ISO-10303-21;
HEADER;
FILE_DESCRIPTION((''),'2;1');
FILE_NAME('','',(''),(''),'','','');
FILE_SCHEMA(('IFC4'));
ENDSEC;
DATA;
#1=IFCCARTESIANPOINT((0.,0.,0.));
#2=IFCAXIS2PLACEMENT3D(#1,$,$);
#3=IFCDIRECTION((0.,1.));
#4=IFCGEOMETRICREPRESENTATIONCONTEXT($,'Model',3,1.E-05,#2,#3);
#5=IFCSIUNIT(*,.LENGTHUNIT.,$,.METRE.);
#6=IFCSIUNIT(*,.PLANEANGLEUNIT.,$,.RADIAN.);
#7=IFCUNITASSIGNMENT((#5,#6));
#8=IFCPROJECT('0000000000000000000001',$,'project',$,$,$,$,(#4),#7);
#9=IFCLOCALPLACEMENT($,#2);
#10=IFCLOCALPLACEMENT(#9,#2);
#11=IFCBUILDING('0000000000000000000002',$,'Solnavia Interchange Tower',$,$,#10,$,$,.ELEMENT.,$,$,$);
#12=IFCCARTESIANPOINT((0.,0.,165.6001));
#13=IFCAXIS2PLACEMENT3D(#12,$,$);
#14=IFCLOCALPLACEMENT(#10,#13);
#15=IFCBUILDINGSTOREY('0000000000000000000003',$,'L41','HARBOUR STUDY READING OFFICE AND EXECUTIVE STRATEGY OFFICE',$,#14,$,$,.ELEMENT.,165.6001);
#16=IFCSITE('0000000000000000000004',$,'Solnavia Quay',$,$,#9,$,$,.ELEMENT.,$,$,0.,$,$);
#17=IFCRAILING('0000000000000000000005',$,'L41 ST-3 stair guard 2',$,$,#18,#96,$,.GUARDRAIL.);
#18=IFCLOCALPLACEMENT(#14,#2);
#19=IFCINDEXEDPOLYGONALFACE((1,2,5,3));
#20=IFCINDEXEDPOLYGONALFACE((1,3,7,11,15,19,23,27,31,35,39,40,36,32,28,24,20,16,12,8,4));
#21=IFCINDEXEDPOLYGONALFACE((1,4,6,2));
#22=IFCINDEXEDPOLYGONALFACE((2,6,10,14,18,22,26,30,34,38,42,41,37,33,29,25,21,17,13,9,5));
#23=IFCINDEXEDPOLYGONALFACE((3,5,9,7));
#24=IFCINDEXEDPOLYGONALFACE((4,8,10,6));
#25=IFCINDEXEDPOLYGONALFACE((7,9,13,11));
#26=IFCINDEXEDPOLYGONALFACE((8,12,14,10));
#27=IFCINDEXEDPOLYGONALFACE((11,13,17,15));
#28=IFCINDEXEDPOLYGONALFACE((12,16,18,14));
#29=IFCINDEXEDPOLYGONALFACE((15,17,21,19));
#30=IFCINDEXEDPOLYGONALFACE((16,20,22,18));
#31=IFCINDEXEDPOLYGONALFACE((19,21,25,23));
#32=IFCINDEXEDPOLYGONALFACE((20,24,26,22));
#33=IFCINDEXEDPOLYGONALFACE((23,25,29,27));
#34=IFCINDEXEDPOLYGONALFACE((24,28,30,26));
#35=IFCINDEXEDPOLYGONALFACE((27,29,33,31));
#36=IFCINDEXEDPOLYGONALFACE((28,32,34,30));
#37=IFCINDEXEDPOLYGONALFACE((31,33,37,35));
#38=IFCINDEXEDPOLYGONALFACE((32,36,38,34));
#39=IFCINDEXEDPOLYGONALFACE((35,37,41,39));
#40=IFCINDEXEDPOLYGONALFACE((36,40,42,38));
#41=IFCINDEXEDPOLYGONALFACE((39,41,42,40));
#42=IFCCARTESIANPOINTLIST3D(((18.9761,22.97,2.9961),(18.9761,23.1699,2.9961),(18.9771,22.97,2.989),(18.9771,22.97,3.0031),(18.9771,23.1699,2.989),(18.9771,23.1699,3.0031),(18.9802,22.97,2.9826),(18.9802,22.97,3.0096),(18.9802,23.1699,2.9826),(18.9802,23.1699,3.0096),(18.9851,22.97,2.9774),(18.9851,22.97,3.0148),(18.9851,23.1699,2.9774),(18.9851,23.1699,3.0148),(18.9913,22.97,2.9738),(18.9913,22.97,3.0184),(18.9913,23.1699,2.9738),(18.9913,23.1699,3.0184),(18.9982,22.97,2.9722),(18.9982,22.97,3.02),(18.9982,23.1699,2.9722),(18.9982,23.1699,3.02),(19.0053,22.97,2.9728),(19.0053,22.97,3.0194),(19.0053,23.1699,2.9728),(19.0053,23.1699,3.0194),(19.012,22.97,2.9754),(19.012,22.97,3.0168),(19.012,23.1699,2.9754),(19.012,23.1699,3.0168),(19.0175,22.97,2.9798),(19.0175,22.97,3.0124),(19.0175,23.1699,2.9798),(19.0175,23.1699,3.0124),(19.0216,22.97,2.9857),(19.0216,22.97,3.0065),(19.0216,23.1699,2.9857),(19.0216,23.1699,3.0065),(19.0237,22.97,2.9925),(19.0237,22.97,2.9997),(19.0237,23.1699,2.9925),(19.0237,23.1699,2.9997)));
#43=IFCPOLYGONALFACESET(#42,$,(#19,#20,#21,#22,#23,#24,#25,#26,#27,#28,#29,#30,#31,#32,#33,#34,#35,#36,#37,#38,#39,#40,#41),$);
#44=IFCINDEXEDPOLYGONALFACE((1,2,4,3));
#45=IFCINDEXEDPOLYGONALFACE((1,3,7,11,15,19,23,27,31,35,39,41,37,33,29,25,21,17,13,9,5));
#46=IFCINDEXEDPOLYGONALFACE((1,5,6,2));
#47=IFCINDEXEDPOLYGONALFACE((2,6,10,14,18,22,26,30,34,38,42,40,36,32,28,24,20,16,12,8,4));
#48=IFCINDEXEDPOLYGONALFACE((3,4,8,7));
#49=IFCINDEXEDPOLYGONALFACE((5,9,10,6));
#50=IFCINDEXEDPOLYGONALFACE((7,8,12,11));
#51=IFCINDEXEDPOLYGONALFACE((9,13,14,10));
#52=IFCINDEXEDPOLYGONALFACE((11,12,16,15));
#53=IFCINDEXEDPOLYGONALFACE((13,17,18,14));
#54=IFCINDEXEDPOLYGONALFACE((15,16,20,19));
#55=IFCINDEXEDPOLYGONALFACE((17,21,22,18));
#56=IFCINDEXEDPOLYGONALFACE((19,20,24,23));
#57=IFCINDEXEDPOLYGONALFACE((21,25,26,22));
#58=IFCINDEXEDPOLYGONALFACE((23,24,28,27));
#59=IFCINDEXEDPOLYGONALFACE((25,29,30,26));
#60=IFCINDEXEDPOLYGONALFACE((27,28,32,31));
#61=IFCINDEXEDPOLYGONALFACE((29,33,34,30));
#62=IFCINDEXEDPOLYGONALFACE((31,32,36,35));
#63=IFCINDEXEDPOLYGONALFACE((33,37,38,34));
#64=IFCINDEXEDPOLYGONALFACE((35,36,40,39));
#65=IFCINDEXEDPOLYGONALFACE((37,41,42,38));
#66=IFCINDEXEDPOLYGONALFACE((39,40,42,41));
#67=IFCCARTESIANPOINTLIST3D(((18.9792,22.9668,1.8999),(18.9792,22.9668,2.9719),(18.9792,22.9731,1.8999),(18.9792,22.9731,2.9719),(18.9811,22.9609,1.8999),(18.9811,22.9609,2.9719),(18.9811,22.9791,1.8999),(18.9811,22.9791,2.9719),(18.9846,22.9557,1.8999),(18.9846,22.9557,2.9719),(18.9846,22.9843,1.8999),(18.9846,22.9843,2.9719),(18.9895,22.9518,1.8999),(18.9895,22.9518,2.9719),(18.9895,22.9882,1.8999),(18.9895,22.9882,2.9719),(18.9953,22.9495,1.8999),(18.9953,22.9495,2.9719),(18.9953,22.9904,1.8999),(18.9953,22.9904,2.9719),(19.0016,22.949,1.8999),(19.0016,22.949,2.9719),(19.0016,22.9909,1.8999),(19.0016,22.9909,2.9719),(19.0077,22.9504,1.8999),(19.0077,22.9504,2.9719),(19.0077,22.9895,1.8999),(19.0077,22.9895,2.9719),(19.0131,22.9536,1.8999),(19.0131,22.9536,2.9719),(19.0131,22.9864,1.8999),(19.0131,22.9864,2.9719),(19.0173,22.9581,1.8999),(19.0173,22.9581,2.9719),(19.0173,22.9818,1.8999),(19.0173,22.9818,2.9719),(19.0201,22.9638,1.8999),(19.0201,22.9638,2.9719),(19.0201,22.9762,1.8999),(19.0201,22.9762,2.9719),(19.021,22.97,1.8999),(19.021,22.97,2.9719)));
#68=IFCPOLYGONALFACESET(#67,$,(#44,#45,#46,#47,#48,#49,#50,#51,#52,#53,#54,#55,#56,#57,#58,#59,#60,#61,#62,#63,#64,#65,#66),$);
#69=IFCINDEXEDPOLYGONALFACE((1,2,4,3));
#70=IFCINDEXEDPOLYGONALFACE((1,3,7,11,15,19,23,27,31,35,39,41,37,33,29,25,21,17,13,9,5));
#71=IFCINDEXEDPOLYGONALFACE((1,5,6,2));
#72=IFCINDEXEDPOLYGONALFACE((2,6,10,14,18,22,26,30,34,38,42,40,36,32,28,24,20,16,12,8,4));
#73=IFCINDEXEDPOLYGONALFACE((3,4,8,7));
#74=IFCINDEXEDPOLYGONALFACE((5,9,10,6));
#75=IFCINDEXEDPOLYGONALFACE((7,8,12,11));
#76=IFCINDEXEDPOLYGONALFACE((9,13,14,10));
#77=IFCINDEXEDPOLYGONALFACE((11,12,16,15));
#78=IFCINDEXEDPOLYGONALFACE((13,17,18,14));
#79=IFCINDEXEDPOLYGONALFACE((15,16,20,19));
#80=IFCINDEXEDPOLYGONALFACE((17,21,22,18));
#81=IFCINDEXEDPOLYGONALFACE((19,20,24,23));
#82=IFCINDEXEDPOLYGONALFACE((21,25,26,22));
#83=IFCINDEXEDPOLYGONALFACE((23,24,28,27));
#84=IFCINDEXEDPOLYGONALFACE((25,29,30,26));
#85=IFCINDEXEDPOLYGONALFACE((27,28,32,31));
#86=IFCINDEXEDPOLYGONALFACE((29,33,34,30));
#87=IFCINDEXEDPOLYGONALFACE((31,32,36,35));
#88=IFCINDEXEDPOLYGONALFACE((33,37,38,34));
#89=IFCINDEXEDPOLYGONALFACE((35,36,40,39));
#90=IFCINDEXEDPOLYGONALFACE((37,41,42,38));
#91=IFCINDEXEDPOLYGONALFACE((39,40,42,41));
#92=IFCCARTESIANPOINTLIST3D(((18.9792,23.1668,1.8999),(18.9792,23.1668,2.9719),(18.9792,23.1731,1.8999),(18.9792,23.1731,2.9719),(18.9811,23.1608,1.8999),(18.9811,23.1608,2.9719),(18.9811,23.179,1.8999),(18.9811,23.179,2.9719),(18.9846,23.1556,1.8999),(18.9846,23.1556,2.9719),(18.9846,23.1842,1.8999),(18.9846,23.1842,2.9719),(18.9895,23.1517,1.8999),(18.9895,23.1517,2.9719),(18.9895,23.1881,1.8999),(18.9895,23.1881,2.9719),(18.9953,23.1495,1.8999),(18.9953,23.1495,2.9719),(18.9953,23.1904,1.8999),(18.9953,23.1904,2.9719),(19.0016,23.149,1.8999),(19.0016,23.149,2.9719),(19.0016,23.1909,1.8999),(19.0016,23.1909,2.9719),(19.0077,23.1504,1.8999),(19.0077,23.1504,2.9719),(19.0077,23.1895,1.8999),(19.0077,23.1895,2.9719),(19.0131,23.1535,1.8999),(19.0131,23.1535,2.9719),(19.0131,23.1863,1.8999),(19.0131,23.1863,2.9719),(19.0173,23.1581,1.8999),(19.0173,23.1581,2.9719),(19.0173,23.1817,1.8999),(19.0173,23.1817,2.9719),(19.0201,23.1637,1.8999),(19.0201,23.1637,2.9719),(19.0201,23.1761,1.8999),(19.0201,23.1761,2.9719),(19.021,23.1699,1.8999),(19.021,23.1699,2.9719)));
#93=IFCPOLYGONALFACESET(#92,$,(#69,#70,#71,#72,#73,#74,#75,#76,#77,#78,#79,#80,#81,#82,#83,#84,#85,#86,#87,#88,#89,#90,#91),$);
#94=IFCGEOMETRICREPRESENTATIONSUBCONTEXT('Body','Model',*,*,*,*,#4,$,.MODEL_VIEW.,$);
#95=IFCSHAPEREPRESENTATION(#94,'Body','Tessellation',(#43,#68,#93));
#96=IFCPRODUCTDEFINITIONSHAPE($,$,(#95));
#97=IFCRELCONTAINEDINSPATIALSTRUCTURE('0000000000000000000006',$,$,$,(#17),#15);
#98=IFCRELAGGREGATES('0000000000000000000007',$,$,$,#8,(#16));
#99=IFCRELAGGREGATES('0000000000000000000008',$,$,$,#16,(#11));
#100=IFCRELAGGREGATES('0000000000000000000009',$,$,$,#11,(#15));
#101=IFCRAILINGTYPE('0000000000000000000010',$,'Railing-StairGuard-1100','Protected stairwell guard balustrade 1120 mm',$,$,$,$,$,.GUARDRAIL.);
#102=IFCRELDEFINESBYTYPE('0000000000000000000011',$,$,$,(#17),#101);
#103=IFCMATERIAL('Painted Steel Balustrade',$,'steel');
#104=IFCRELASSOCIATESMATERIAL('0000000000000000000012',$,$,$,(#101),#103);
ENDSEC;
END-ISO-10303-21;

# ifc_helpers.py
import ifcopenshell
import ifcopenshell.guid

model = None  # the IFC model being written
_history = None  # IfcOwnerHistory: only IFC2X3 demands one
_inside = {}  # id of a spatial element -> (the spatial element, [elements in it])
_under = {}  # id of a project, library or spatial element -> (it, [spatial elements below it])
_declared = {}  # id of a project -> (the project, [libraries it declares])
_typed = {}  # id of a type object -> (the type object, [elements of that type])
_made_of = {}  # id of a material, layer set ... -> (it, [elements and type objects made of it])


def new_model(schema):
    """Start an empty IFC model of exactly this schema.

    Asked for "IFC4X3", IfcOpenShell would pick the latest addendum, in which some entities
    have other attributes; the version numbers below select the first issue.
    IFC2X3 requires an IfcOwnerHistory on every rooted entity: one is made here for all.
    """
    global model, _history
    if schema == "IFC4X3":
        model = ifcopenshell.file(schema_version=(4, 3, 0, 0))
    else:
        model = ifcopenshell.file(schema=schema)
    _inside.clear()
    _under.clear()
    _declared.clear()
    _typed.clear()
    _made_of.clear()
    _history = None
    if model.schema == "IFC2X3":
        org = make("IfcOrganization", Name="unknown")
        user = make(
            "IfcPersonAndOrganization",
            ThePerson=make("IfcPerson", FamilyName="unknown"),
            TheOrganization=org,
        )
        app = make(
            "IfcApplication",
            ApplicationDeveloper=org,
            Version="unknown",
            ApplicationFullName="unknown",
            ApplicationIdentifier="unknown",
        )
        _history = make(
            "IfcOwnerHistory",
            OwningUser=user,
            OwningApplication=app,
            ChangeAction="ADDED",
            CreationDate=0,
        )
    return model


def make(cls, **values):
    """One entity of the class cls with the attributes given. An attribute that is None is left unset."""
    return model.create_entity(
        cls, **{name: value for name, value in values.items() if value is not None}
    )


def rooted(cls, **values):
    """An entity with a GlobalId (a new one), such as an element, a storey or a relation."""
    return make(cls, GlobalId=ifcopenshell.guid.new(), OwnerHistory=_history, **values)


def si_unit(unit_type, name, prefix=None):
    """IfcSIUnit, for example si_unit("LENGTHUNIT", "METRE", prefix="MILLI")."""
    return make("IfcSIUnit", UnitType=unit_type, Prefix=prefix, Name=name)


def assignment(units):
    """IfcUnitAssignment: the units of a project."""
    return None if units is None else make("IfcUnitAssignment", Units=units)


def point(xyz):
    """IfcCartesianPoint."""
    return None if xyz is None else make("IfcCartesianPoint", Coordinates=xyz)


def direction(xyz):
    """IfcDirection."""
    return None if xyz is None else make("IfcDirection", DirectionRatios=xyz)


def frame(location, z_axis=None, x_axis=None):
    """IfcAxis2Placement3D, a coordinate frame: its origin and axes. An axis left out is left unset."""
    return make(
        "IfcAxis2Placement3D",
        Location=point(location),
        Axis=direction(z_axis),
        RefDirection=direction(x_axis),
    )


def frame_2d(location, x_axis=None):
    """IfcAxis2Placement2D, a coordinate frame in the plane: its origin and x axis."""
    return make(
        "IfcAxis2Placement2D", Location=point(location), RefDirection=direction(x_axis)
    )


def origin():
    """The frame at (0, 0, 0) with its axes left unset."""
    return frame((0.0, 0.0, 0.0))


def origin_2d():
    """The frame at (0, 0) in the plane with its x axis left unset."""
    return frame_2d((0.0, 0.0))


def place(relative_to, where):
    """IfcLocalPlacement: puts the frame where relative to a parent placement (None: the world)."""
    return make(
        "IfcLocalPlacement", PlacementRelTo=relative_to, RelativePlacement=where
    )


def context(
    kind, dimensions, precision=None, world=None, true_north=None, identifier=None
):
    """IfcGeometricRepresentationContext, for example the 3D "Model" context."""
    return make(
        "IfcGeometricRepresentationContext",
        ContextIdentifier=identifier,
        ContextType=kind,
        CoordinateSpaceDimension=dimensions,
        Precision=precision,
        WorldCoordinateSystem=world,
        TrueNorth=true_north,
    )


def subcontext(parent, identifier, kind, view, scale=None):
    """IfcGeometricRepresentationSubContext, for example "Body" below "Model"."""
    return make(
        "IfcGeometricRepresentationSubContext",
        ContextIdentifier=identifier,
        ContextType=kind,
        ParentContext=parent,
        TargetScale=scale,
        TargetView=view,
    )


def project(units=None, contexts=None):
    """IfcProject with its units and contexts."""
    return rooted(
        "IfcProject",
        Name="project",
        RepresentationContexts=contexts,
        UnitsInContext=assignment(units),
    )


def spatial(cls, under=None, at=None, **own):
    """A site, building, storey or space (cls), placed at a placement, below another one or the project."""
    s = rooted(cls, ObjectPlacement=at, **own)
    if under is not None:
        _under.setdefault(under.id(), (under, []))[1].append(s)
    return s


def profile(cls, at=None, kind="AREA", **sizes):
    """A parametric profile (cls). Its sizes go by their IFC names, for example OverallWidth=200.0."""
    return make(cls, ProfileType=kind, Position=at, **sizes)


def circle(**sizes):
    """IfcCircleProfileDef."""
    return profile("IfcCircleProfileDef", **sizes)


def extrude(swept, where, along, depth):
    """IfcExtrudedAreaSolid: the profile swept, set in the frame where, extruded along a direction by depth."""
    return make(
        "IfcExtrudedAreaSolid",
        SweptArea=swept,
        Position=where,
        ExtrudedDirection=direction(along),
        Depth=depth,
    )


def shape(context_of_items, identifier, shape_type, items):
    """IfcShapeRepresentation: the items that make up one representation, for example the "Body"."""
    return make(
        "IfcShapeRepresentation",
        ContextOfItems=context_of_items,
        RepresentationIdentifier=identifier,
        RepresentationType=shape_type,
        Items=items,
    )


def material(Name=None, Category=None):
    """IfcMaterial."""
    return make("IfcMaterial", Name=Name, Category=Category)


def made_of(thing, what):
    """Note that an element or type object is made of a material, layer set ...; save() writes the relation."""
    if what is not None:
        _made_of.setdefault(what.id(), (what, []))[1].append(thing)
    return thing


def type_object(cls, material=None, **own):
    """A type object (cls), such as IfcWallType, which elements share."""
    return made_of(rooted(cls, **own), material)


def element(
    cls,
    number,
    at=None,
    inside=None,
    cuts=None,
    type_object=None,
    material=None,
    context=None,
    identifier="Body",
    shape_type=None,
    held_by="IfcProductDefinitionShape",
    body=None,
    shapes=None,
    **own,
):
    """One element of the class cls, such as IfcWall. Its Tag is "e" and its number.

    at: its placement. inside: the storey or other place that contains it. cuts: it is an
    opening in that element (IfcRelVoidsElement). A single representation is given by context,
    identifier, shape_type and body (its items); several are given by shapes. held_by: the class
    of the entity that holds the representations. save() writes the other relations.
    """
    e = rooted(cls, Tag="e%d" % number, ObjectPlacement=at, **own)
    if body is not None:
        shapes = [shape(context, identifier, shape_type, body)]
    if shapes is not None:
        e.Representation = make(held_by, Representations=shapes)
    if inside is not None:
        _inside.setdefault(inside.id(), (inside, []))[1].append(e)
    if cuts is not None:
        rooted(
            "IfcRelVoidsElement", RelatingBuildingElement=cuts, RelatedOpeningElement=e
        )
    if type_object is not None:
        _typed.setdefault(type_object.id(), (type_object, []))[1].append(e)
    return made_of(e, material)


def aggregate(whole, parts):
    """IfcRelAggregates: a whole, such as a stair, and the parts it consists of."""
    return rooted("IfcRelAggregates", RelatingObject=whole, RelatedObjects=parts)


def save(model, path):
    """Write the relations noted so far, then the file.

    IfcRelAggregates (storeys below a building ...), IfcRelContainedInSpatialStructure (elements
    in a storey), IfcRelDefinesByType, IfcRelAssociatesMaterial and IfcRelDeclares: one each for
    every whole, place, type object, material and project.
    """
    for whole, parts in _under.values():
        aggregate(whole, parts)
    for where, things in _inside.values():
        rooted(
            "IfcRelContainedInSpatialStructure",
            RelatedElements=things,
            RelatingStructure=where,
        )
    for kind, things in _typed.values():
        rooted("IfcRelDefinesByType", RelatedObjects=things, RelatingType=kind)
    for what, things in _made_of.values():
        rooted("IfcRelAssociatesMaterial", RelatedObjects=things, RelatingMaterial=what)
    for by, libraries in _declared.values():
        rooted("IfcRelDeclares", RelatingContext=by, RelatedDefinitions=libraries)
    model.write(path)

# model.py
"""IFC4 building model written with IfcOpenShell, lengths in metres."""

from ifc_helpers import new_model, si_unit, direction, frame, origin, origin_2d, place, context, subcontext, project, spatial, circle, extrude, material, type_object, element, save


model = new_model("IFC4")

# Units and contexts
model_context = context("Model", 3, precision=1e-05, world=origin(), true_north=direction((0.0, 1.0)))
body_context = subcontext(model_context, "Body", "Model", "MODEL_VIEW")
ifc_project = project(units=[si_unit("LENGTHUNIT", "METRE"), si_unit("PLANEANGLEUNIT", "RADIAN")], contexts=[model_context])

# Site, building, storey
site_placement = place(None, origin())
site = spatial("IfcSite", under=ifc_project, at=site_placement, Name="Solnavia Quay", CompositionType="ELEMENT", RefElevation=0.0)
building_placement = place(site_placement, origin())
building = spatial("IfcBuilding", under=site, at=building_placement, Name="Solnavia Interchange Tower", CompositionType="ELEMENT")
storey_placement = place(building_placement, frame((0.0, 0.0, 165.6001)))
storey = spatial("IfcBuildingStorey", under=building, at=storey_placement, Name="L41", Description="HARBOUR STUDY READING OFFICE AND EXECUTIVE STRATEGY OFFICE", CompositionType="ELEMENT", Elevation=165.6001)

# Railing
ifc_material_1 = material(Name="Painted Steel Balustrade", Category="steel")
railing_type_1 = type_object("IfcRailingType", Name="Railing-StairGuard-1100", Description="Protected stairwell guard balustrade 1120 mm", PredefinedType="GUARDRAIL", material=ifc_material_1)
railing_1_placement = place(storey_placement, frame((19.0, 22.97, 1.8999)))
element("IfcRailing", 1, at=railing_1_placement, inside=storey, type_object=railing_type_1, Name="L41 ST-3 stair guard 2", PredefinedType="GUARDRAIL", context=body_context, shape_type="SweptSolid", body=[
    extrude(circle(Radius=0.0239, at=origin_2d()), frame((0.0, 0.0, 1.0962), z_axis=(0.0, 1.0, 0.0), x_axis=(-1.0, 0.0, 0.0)), (0.0, 0.0, 1.0), 0.2),
    extrude(circle(Radius=0.021, at=origin_2d()), origin(), (0.0, 0.0, 1.0), 1.072),
    extrude(circle(Radius=0.021, at=origin_2d()), frame((0.0, 0.2, 0.0)), (0.0, 0.0, 1.0), 1.072),
])

save(model, "model.ifc")
